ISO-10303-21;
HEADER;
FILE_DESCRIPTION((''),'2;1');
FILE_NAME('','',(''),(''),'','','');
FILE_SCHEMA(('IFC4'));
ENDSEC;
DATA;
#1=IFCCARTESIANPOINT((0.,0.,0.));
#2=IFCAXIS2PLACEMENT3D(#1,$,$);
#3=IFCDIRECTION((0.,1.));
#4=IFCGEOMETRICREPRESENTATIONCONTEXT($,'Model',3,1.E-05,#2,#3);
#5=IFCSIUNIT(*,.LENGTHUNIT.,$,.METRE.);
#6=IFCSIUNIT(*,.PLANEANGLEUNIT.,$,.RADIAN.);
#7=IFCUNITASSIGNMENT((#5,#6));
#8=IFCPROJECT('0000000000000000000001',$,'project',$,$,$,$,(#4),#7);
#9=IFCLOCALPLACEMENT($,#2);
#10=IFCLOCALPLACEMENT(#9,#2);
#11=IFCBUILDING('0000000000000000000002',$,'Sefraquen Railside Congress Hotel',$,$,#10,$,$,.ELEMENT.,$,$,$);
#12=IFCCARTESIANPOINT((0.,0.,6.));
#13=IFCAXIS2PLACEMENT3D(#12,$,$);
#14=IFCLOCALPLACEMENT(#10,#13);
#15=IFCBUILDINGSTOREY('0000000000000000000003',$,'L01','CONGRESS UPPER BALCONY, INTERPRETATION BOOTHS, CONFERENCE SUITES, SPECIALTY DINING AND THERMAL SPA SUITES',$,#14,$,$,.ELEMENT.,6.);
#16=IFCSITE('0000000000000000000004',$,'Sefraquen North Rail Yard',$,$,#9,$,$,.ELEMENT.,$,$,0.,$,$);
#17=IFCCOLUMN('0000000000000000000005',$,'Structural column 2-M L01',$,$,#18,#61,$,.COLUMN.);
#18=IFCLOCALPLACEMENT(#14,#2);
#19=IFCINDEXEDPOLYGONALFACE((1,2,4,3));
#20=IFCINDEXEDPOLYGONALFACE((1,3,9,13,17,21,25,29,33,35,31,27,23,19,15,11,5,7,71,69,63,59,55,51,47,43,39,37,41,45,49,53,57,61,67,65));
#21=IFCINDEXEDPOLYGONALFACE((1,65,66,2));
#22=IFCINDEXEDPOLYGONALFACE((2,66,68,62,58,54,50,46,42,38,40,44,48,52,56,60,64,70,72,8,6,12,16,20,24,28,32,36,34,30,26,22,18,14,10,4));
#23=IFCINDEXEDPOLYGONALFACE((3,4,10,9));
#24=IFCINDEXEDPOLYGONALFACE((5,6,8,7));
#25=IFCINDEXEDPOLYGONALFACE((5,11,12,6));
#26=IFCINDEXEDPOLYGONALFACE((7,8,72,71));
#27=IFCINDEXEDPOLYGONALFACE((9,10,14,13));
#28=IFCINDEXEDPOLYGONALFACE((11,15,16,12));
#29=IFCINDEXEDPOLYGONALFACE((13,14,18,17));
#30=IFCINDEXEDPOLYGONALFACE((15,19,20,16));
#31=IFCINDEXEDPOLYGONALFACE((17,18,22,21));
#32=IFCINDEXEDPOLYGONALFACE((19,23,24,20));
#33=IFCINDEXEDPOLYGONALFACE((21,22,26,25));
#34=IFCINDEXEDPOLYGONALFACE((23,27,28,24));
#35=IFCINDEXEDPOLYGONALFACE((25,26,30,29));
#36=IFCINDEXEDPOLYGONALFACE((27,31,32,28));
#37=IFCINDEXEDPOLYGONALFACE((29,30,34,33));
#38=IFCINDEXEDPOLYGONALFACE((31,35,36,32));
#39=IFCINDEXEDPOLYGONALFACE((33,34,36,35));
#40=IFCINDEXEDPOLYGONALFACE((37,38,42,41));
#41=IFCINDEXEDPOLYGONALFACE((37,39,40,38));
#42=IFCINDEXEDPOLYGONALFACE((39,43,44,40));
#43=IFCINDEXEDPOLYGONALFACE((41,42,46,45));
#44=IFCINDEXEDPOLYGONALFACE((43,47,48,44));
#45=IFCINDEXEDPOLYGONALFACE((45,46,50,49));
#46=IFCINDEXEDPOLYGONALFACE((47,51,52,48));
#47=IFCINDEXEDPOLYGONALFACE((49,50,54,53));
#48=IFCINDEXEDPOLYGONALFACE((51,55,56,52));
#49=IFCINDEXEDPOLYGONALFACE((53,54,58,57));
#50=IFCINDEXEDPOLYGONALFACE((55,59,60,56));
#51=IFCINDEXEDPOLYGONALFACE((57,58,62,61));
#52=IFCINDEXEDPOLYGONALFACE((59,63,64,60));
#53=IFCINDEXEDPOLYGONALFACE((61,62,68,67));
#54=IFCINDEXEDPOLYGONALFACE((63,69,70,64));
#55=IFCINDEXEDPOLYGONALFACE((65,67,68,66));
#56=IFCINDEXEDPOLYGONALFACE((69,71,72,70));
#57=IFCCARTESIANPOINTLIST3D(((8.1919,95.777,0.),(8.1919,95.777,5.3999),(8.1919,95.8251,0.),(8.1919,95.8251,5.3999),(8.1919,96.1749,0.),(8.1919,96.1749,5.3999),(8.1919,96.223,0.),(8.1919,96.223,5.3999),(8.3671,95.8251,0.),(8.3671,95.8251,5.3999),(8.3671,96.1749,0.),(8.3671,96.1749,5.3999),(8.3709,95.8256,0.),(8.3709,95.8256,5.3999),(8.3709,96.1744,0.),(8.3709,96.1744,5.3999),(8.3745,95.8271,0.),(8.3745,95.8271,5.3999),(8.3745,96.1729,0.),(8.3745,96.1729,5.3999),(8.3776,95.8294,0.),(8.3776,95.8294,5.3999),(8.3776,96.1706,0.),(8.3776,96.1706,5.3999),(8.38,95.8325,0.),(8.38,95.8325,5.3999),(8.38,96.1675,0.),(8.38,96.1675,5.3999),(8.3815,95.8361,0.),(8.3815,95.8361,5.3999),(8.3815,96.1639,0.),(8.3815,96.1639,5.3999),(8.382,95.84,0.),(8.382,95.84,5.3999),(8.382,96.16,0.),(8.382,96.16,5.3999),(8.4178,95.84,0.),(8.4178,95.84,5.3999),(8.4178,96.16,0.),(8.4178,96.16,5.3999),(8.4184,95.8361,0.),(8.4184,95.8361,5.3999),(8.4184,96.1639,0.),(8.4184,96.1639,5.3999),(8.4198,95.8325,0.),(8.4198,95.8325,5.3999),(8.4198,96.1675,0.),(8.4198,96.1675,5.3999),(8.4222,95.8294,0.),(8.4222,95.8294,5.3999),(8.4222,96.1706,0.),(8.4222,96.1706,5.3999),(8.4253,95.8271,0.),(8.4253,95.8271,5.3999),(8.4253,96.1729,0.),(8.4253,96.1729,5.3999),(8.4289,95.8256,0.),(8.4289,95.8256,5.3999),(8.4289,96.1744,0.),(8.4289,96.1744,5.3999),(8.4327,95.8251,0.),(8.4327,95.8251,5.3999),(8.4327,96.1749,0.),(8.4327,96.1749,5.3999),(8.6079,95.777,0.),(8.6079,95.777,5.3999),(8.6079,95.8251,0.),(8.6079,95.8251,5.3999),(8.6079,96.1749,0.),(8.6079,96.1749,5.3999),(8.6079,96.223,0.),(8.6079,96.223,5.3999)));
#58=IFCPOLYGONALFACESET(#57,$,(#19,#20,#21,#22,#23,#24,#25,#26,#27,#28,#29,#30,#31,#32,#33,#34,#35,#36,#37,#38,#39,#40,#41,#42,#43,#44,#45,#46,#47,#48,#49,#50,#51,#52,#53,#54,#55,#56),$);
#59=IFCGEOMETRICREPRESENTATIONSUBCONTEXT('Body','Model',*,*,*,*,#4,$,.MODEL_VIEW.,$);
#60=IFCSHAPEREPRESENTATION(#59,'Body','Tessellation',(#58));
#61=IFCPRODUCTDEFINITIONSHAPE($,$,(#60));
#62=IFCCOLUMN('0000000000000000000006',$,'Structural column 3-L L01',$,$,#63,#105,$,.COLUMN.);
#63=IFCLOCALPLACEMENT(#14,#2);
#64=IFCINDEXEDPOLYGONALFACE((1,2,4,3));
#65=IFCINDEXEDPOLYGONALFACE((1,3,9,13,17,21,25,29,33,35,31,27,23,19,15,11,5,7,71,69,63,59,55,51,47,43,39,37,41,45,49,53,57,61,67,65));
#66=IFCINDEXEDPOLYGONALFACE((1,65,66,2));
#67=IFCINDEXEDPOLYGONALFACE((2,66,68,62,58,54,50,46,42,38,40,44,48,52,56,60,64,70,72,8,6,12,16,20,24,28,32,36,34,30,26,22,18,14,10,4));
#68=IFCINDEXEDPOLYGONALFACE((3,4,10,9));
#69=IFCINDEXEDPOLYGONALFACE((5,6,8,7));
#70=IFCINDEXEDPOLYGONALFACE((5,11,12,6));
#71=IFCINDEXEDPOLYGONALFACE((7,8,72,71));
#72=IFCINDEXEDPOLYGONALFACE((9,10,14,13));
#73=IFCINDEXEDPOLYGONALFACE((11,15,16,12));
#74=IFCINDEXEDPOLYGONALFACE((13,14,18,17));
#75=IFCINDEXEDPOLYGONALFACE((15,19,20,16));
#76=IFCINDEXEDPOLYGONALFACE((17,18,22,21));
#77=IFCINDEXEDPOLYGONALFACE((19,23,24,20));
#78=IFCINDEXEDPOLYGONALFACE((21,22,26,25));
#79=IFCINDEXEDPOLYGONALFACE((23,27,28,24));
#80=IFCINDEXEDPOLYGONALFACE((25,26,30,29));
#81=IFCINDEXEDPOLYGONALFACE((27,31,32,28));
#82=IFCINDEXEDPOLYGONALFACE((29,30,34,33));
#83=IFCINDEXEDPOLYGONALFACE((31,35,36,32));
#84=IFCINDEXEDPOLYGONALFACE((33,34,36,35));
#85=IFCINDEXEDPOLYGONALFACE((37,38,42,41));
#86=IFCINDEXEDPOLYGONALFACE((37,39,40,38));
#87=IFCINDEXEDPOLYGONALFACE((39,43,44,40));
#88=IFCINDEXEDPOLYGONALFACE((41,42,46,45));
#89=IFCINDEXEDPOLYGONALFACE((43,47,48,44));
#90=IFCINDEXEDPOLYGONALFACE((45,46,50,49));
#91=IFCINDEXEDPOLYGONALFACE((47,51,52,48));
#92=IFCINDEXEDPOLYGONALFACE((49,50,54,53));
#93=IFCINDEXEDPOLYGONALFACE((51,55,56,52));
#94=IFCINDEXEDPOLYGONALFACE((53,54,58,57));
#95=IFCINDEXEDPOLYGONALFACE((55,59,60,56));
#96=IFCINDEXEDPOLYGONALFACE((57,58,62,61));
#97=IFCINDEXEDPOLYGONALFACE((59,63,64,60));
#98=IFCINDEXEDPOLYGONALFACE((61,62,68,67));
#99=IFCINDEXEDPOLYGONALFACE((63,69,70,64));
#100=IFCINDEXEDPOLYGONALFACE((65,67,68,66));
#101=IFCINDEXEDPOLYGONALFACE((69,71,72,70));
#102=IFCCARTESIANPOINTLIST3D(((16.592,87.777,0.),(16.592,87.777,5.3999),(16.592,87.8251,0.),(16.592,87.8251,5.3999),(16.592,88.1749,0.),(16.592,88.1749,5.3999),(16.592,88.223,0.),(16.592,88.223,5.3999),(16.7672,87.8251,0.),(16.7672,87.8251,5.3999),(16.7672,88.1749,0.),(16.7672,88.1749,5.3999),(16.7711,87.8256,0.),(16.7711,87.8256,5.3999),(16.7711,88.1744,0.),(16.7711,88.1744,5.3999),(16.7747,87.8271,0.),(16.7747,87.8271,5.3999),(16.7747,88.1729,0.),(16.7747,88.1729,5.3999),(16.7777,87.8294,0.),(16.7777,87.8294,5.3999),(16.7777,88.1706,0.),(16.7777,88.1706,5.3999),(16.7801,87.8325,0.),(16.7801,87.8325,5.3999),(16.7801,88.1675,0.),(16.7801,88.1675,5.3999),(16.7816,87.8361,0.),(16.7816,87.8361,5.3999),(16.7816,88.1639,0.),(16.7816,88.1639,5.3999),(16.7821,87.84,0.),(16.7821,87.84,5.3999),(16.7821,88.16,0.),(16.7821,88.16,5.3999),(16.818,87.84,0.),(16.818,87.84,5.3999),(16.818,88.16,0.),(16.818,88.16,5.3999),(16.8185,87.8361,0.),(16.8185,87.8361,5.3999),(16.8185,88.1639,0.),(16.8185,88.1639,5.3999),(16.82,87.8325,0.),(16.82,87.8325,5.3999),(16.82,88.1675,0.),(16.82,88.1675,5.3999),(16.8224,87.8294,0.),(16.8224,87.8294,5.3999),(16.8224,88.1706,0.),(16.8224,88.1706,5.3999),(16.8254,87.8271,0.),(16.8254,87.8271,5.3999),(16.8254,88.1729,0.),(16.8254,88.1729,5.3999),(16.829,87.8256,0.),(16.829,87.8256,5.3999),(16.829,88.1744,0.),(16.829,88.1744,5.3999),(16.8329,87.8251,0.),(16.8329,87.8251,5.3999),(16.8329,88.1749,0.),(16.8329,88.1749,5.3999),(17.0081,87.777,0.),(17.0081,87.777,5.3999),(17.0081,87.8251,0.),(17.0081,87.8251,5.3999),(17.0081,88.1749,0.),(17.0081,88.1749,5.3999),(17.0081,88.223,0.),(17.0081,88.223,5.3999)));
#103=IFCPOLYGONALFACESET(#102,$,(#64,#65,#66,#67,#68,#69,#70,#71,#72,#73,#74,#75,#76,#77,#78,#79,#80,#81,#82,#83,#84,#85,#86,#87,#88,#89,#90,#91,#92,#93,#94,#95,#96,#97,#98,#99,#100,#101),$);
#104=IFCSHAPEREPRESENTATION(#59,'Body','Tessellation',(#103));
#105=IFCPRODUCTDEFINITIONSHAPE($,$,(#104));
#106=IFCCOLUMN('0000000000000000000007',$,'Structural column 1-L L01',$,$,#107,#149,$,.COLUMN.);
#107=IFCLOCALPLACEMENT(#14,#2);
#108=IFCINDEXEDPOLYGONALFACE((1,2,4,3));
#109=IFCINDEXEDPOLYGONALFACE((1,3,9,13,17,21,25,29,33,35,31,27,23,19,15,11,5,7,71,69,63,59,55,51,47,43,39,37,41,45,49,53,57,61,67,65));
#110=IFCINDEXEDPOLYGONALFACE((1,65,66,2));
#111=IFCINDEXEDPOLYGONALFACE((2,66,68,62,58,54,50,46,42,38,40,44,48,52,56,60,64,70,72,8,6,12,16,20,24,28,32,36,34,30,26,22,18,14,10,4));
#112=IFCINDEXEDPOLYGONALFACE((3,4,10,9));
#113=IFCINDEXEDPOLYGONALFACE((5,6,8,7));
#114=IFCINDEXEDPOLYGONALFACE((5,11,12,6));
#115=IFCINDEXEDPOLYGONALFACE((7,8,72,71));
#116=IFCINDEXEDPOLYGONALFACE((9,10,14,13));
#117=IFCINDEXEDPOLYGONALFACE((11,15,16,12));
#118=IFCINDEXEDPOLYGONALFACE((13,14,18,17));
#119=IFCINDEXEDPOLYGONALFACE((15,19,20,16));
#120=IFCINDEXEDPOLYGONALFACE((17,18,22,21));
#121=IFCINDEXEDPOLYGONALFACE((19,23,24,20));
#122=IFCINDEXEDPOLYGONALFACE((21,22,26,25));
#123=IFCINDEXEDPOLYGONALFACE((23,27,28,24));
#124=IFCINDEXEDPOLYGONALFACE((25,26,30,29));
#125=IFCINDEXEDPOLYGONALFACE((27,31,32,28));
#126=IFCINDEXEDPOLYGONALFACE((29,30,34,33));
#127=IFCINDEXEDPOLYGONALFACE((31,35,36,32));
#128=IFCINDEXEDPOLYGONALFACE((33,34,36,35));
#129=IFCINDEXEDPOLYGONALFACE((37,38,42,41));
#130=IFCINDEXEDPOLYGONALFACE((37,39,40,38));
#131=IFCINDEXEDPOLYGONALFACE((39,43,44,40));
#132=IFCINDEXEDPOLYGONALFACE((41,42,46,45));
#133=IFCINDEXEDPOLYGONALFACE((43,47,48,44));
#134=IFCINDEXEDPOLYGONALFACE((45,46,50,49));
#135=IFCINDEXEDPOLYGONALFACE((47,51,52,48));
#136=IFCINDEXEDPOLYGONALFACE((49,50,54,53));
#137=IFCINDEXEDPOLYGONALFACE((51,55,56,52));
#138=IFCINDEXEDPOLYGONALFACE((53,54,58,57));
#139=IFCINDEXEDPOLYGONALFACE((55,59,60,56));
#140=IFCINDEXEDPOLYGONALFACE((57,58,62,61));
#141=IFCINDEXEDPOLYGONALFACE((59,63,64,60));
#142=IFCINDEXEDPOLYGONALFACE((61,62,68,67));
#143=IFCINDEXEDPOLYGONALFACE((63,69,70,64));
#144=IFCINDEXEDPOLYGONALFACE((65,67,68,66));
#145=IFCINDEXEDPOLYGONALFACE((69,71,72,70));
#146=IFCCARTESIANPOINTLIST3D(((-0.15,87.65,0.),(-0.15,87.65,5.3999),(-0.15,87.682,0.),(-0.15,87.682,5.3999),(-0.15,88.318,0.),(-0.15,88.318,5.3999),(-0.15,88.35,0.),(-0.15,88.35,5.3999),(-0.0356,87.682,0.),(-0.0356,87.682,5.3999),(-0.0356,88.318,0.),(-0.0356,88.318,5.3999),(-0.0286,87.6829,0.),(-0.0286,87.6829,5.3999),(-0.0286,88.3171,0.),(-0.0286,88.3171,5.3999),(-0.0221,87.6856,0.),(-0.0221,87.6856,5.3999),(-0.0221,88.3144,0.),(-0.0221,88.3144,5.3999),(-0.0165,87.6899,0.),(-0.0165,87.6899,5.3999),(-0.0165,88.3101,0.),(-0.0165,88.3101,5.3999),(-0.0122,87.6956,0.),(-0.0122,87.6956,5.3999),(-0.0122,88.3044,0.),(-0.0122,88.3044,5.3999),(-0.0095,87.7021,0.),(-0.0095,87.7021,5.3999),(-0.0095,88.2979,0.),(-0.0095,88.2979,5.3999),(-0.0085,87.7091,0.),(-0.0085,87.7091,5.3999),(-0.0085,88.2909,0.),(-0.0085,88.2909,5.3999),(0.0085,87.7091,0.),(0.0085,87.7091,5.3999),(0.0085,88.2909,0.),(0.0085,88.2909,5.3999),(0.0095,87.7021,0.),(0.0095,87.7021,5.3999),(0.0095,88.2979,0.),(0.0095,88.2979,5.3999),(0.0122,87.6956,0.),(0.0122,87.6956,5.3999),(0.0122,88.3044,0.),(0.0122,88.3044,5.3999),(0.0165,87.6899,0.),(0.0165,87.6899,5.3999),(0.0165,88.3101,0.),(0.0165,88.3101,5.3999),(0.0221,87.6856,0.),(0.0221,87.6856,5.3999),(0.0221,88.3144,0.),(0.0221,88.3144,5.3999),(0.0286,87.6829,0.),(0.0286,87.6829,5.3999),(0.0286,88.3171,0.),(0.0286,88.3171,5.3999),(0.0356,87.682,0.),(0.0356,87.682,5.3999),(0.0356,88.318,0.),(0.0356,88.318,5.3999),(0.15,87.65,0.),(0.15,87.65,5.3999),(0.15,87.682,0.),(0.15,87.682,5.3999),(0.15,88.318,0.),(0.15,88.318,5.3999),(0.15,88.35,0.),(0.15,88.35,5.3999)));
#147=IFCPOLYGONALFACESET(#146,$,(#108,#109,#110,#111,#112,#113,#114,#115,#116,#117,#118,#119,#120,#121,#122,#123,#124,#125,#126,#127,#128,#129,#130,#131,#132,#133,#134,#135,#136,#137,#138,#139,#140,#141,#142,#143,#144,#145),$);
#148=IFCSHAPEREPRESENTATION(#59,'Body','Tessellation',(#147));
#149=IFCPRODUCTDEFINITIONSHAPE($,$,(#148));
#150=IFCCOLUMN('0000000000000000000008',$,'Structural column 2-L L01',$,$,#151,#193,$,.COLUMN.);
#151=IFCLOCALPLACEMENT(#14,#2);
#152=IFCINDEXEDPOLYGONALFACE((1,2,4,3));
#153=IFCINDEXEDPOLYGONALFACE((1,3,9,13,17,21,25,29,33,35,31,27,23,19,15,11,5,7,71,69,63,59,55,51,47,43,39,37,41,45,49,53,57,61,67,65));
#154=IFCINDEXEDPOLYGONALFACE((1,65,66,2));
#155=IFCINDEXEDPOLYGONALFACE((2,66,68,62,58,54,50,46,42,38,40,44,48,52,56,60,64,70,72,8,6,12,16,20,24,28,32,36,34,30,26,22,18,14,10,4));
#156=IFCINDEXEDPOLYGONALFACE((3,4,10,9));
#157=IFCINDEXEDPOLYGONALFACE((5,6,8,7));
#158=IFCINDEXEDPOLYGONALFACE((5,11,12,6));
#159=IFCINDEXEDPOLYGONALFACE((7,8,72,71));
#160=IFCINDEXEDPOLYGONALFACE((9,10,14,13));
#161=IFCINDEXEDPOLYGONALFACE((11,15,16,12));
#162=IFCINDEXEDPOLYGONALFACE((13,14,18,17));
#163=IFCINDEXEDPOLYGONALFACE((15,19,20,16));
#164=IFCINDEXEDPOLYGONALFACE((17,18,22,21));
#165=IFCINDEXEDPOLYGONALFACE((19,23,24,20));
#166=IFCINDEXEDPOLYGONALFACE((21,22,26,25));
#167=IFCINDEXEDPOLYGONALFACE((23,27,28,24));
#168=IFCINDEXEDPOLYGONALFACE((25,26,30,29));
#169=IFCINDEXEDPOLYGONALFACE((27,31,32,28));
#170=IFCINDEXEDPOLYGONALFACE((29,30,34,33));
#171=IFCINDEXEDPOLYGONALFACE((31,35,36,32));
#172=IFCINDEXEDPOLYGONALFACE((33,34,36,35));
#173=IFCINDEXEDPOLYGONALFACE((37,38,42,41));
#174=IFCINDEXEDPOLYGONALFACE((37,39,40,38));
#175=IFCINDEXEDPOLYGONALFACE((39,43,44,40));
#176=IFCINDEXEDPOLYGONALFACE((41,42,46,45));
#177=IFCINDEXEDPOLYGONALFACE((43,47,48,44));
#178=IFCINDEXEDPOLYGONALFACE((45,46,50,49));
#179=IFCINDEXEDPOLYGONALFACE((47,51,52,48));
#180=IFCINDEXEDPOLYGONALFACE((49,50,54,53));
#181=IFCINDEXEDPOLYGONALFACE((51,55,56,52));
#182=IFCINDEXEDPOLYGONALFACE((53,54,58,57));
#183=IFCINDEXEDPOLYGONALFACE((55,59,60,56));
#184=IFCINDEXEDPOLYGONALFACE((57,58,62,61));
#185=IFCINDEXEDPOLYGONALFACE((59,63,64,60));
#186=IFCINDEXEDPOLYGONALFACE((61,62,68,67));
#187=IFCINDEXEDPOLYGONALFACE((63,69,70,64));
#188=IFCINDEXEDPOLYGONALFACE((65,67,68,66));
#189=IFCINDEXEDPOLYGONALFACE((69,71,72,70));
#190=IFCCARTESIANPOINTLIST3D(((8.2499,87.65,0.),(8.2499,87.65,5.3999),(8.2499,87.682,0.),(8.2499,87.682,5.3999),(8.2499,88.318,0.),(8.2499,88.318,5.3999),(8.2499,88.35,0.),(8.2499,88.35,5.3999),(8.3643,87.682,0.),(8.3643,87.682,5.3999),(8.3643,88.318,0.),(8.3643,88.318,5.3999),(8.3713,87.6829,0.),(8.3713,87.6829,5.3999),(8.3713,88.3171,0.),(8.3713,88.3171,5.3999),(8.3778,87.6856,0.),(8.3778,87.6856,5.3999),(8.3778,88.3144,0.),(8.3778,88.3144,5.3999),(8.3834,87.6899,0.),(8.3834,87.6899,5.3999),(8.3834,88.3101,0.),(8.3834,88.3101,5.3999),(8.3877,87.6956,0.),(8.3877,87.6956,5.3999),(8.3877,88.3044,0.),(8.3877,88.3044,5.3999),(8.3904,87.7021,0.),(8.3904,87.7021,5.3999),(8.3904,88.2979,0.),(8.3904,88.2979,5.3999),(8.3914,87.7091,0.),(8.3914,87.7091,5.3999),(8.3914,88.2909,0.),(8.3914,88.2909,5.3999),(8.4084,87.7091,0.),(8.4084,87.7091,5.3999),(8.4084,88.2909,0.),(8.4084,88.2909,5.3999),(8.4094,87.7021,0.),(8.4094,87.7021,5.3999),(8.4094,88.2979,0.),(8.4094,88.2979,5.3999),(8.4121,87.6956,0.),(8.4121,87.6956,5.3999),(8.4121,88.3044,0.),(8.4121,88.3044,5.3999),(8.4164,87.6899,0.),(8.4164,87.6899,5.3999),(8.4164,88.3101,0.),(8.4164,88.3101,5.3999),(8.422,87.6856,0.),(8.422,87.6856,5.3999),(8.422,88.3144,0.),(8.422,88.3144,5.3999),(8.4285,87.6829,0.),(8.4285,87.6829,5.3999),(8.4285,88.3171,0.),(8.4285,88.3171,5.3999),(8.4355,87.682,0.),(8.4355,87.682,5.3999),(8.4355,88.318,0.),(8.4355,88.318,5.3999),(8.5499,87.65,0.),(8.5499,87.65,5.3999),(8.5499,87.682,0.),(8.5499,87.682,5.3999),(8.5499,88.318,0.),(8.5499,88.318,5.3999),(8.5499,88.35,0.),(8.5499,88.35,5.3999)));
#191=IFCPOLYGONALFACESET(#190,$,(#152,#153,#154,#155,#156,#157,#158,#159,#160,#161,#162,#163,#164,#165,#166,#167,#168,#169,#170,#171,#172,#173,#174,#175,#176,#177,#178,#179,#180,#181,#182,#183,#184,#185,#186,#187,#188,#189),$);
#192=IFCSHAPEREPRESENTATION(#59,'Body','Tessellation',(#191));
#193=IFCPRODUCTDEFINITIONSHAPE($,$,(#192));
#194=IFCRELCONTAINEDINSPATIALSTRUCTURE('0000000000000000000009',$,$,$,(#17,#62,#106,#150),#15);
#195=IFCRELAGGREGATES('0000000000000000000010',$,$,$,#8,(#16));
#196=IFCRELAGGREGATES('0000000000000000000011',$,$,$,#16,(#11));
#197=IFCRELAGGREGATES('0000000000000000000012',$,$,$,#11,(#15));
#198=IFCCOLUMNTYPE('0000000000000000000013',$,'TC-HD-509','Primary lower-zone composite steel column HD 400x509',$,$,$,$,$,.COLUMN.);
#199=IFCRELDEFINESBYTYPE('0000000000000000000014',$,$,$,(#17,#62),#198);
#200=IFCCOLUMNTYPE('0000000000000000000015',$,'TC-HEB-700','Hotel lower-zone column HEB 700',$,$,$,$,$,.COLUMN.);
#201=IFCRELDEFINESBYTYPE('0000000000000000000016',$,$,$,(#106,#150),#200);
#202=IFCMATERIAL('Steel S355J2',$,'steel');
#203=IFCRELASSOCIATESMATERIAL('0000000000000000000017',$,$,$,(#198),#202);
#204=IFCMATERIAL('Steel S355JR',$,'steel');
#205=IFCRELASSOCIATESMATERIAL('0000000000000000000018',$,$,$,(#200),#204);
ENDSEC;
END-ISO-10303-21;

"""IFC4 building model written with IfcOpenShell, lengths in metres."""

from ifc_helpers import new_model, si_unit, direction, frame, origin, origin_2d, place, context, subcontext, project, spatial, i_section, extrude, material, material_profile, profile_set, type_object, element, save


model = new_model("IFC4")

# Units and contexts
model_context = context("Model", 3, precision=1e-05, world=origin(), true_north=direction((0.0, 1.0)))
body_context = subcontext(model_context, "Body", "Model", "MODEL_VIEW")
ifc_project = project(units=[si_unit("LENGTHUNIT", "METRE"), si_unit("PLANEANGLEUNIT", "RADIAN")], contexts=[model_context])

# Site, building, storey
site_placement = place(None, origin())
site = spatial("IfcSite", under=ifc_project, at=site_placement, Name="Sefraquen North Rail Yard", CompositionType="ELEMENT", RefElevation=0.0)
building_placement = place(site_placement, origin())
building = spatial("IfcBuilding", under=site, at=building_placement, Name="Sefraquen Railside Congress Hotel", CompositionType="ELEMENT")
storey_placement = place(building_placement, frame((0.0, 0.0, 6.0)))
storey = spatial("IfcBuildingStorey", under=building, at=storey_placement, Name="L01", Description="CONGRESS UPPER BALCONY, INTERPRETATION BOOTHS, CONFERENCE SUITES, SPECIALTY DINING AND THERMAL SPA SUITES", CompositionType="ELEMENT", Elevation=6.0)

# Columns
ifc_material_1 = material(Name="Steel S355J2", Category="steel")
ifc_material_profile_1 = material_profile(ifc_material_1, i_section(OverallWidth=0.416, OverallDepth=0.446, WebThickness=0.0359, FlangeThickness=0.0481, FilletRadius=0.0149, at=origin_2d()), Name="HD 400x509")
ifc_profile_set_1 = profile_set([ifc_material_profile_1], Name="Steel S355J2")
column_type_1 = type_object("IfcColumnType", Name="TC-HD-509", Description="Primary lower-zone composite steel column HD 400x509", PredefinedType="COLUMN", material=ifc_profile_set_1)
for number, where, z_axis, x_axis, name in (
    (1, (8.3999, 96.0, 0.0), (0.0, 0.0, 1.0), (1.0, 0.0, 0.0), "Structural column 2-M L01"),
    (2, (16.8, 88.0, 0.0), (0.0, 0.0, 1.0), (1.0, 0.0, 0.0), "Structural column 3-L L01"),
):
    element("IfcColumn", number, at=place(storey_placement, frame(where, z_axis=z_axis, x_axis=x_axis)), inside=storey, type_object=column_type_1, Name=name, PredefinedType="COLUMN", context=body_context, shape_type="SweptSolid", body=[
        extrude(i_section(OverallWidth=0.416, OverallDepth=0.446, WebThickness=0.0359, FlangeThickness=0.0481, FilletRadius=0.0149, at=origin_2d()), origin(), (0.0, 0.0, 1.0), 5.3999),
    ])
ifc_material_2 = material(Name="Steel S355JR", Category="steel")
ifc_material_profile_2 = material_profile(ifc_material_2, i_section(OverallWidth=0.3, OverallDepth=0.7, WebThickness=0.0171, FlangeThickness=0.032, FilletRadius=0.0271, at=origin_2d()), Name="HEB 700")
ifc_profile_set_2 = profile_set([ifc_material_profile_2], Name="Steel S355JR")
column_type_2 = type_object("IfcColumnType", Name="TC-HEB-700", Description="Hotel lower-zone column HEB 700", PredefinedType="COLUMN", material=ifc_profile_set_2)
for number, where, z_axis, x_axis, name in (
    (3, (0.0, 88.0, 0.0), (0.0, 0.0, 1.0), (1.0, 0.0, 0.0), "Structural column 1-L L01"),
    (4, (8.3999, 88.0, 0.0), (0.0, 0.0, 1.0), (1.0, 0.0, 0.0), "Structural column 2-L L01"),
):
    element("IfcColumn", number, at=place(storey_placement, frame(where, z_axis=z_axis, x_axis=x_axis)), inside=storey, type_object=column_type_2, Name=name, PredefinedType="COLUMN", context=body_context, shape_type="SweptSolid", body=[
        extrude(i_section(OverallWidth=0.3, OverallDepth=0.7, WebThickness=0.0171, FlangeThickness=0.032, FilletRadius=0.0271, at=origin_2d()), origin(), (0.0, 0.0, 1.0), 5.3999),
    ])

save(model, "model.ifc")
